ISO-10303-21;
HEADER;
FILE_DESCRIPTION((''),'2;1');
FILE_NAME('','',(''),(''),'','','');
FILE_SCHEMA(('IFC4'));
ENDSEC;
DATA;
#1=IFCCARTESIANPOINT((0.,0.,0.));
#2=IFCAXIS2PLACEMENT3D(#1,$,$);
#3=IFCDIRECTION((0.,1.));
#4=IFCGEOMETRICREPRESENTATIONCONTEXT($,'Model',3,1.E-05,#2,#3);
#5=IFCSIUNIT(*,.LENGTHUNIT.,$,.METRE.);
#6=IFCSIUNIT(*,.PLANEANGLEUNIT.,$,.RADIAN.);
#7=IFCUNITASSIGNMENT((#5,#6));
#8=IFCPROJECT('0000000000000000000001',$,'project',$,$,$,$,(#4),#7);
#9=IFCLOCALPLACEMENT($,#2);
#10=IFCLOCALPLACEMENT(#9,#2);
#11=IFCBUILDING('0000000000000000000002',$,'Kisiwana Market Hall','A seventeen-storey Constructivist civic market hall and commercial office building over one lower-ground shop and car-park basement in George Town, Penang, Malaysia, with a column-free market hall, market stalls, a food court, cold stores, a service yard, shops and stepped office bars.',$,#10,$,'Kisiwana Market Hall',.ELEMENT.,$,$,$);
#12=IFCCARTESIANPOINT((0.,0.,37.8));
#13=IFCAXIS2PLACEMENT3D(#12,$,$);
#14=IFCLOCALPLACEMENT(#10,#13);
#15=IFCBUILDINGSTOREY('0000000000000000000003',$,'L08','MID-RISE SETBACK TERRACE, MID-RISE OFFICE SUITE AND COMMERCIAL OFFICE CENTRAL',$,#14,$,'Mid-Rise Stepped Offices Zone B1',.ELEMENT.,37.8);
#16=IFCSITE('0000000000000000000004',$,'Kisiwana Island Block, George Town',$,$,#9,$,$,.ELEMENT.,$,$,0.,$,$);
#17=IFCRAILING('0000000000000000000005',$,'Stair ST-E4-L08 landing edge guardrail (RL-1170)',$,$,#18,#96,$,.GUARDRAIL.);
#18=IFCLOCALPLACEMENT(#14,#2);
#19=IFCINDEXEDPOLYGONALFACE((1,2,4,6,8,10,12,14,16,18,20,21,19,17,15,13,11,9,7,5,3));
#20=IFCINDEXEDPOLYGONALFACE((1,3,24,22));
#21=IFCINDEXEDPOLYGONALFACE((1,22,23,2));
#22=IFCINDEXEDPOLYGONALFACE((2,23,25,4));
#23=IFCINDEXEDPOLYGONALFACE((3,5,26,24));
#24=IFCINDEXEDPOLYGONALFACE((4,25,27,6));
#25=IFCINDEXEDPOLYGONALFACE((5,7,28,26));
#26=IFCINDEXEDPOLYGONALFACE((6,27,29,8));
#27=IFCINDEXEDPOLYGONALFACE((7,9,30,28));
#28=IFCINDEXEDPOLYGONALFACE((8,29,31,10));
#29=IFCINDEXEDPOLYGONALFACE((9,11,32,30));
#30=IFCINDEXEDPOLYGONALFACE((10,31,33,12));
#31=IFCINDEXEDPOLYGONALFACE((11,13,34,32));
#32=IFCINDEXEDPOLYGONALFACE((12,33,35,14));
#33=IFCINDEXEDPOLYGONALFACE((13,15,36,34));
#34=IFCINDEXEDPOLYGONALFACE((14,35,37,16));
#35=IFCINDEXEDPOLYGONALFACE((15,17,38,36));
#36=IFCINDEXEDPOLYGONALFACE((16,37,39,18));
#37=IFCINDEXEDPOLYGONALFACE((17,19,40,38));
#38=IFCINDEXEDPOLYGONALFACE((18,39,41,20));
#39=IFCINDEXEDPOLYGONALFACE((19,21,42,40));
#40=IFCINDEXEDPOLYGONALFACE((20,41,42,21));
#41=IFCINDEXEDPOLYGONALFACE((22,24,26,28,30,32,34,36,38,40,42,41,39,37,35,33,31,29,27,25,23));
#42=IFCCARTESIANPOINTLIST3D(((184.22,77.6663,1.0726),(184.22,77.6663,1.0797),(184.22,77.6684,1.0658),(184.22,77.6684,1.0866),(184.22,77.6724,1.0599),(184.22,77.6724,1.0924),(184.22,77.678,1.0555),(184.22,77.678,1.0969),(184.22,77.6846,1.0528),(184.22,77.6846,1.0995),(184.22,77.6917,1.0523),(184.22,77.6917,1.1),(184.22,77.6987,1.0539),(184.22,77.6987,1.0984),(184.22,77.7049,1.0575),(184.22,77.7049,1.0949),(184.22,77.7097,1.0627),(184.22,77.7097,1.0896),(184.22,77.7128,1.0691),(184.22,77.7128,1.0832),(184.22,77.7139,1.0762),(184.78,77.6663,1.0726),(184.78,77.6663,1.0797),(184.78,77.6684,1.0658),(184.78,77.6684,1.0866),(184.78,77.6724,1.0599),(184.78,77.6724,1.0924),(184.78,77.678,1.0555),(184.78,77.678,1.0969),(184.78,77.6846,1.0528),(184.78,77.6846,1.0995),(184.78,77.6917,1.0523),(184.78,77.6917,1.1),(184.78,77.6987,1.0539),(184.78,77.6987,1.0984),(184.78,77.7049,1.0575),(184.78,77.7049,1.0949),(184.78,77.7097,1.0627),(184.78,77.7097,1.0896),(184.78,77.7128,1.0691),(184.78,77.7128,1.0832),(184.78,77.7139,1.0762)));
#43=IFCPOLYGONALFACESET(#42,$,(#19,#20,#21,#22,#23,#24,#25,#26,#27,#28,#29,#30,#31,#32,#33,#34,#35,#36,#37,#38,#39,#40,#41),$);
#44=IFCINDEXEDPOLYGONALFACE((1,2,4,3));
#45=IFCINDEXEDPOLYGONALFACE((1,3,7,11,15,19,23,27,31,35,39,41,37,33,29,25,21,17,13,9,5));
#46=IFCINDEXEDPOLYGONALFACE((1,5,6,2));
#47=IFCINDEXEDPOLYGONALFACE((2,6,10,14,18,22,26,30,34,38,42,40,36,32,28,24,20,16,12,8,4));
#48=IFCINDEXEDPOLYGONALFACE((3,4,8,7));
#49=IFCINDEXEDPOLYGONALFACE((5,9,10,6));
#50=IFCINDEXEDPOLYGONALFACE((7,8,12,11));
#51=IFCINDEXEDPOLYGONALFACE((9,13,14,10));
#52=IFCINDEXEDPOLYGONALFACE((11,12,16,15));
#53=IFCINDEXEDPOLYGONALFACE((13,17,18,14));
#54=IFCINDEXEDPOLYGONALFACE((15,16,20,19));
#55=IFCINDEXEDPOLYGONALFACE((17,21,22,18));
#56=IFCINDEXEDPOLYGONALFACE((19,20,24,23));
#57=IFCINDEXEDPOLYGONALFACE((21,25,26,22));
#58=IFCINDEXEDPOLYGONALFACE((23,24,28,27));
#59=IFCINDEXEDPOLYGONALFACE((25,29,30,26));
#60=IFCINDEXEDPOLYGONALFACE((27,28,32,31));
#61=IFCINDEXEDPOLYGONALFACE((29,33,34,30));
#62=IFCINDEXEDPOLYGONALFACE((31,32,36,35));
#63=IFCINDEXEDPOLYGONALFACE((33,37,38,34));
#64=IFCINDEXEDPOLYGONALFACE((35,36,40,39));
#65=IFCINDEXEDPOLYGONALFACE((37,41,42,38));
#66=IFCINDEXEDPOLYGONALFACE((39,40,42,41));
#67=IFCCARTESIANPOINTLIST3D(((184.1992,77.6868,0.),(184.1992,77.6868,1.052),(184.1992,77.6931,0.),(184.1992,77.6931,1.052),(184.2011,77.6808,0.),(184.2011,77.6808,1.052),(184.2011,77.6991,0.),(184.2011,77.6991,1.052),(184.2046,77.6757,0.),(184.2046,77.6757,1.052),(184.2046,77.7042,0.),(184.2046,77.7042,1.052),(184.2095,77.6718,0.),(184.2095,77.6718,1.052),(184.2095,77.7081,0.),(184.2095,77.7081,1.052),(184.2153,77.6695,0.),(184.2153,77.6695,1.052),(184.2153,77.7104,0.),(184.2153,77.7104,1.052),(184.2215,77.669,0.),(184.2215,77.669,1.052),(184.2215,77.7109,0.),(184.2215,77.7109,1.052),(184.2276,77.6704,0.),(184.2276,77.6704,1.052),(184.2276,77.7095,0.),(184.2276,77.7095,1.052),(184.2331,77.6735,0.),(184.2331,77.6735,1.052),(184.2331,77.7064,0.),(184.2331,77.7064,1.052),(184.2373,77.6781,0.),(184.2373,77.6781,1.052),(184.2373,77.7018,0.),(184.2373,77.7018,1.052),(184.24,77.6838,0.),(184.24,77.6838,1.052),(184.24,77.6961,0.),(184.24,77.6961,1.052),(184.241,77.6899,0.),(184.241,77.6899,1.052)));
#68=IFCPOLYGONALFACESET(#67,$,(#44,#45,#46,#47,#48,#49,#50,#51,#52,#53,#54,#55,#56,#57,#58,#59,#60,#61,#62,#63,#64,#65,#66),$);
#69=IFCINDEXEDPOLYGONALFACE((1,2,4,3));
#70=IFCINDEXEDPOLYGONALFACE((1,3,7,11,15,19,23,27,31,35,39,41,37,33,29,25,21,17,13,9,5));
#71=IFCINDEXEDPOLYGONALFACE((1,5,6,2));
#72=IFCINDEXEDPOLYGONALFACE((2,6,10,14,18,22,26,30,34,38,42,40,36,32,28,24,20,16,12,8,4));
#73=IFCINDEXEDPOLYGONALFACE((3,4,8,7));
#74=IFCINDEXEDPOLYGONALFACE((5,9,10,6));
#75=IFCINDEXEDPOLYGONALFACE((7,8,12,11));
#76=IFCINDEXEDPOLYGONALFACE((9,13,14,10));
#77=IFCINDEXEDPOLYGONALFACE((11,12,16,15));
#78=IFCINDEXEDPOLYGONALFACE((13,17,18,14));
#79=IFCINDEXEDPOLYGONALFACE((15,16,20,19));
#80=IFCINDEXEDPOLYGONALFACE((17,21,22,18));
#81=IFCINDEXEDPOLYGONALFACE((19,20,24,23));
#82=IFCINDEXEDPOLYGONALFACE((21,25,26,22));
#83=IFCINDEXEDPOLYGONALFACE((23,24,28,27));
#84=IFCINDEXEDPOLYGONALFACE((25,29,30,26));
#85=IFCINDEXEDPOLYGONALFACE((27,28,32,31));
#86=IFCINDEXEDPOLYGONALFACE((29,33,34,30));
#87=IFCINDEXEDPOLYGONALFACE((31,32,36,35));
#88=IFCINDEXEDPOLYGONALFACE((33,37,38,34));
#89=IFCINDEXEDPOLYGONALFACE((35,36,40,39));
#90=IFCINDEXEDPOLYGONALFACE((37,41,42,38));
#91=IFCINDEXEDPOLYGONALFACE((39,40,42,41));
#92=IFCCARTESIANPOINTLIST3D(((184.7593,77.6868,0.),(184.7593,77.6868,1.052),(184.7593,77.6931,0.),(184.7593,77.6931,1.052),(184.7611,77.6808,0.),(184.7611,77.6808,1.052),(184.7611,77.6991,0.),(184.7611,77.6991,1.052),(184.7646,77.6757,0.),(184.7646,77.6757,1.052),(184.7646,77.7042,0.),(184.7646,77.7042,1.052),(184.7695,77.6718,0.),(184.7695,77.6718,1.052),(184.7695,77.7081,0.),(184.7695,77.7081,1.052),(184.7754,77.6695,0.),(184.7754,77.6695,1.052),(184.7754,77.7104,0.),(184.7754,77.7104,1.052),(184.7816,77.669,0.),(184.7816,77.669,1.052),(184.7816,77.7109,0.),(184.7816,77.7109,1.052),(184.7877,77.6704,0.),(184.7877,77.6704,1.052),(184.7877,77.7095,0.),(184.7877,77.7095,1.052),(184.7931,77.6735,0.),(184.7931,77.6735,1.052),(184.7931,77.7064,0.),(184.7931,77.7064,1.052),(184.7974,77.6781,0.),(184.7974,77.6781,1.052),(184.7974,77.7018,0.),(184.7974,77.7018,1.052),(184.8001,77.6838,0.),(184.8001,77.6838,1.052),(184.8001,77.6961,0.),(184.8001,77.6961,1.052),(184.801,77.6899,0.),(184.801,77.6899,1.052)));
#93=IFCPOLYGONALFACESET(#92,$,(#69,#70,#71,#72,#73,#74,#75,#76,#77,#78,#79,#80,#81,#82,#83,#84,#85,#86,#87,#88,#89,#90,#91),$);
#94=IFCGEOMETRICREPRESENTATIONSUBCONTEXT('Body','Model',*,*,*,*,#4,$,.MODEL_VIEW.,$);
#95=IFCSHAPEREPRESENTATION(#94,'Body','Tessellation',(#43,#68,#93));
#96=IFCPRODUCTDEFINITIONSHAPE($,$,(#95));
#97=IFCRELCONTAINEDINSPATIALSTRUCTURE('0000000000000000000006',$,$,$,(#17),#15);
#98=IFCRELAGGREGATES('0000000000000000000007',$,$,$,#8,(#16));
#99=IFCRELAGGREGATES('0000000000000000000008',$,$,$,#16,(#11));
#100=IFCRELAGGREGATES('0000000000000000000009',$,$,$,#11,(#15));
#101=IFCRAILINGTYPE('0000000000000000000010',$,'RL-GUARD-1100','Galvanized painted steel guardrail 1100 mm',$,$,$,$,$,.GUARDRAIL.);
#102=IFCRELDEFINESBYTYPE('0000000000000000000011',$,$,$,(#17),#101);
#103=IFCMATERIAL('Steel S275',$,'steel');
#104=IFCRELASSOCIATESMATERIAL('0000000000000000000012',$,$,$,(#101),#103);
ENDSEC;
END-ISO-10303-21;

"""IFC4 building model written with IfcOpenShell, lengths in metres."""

from ifc_helpers import new_model, si_unit, direction, frame, origin, origin_2d, place, context, subcontext, project, spatial, circle, extrude, material, type_object, element, save


model = new_model("IFC4")

# Units and contexts
model_context = context("Model", 3, precision=1e-05, world=origin(), true_north=direction((0.0, 1.0)))
body_context = subcontext(model_context, "Body", "Model", "MODEL_VIEW")
ifc_project = project(units=[si_unit("LENGTHUNIT", "METRE"), si_unit("PLANEANGLEUNIT", "RADIAN")], contexts=[model_context])

# Site, building, storey
site_placement = place(None, origin())
site = spatial("IfcSite", under=ifc_project, at=site_placement, Name="Kisiwana Island Block, George Town", CompositionType="ELEMENT", RefElevation=0.0)
building_placement = place(site_placement, origin())
building = spatial("IfcBuilding", under=site, at=building_placement, Name="Kisiwana Market Hall", Description="A seventeen-storey Constructivist civic market hall and commercial office building over one lower-ground shop and car-park basement in George Town, Penang, Malaysia, with a column-free market hall, market stalls, a food court, cold stores, a service yard, shops and stepped office bars.", LongName="Kisiwana Market Hall", CompositionType="ELEMENT")
storey_placement = place(building_placement, frame((0.0, 0.0, 37.8)))
storey = spatial("IfcBuildingStorey", under=building, at=storey_placement, Name="L08", Description="MID-RISE SETBACK TERRACE, MID-RISE OFFICE SUITE AND COMMERCIAL OFFICE CENTRAL", LongName="Mid-Rise Stepped Offices Zone B1", CompositionType="ELEMENT", Elevation=37.8)

# Railing
ifc_material_1 = material(Name="Steel S275", Category="steel")
railing_type_1 = type_object("IfcRailingType", Name="RL-GUARD-1100", Description="Galvanized painted steel guardrail 1100 mm", PredefinedType="GUARDRAIL", material=ifc_material_1)
railing_1_placement = place(storey_placement, frame((184.22, 77.6899, 0.0)))
element("IfcRailing", 1, at=railing_1_placement, inside=storey, type_object=railing_type_1, Name="Stair ST-E4-L08 landing edge guardrail (RL-1170)", PredefinedType="GUARDRAIL", context=body_context, shape_type="SweptSolid", body=[
    extrude(circle(Radius=0.0239, at=origin_2d()), frame((0.0, 0.0, 1.0762), z_axis=(1.0, 0.0, 0.0), x_axis=(0.0, 1.0, 0.0)), (0.0, 0.0, 1.0), 0.5601),
    extrude(circle(Radius=0.021, at=origin_2d()), origin(), (0.0, 0.0, 1.0), 1.052),
    extrude(circle(Radius=0.021, at=origin_2d()), frame((0.5601, 0.0, 0.0)), (0.0, 0.0, 1.0), 1.052),
])

save(model, "model.ifc")
